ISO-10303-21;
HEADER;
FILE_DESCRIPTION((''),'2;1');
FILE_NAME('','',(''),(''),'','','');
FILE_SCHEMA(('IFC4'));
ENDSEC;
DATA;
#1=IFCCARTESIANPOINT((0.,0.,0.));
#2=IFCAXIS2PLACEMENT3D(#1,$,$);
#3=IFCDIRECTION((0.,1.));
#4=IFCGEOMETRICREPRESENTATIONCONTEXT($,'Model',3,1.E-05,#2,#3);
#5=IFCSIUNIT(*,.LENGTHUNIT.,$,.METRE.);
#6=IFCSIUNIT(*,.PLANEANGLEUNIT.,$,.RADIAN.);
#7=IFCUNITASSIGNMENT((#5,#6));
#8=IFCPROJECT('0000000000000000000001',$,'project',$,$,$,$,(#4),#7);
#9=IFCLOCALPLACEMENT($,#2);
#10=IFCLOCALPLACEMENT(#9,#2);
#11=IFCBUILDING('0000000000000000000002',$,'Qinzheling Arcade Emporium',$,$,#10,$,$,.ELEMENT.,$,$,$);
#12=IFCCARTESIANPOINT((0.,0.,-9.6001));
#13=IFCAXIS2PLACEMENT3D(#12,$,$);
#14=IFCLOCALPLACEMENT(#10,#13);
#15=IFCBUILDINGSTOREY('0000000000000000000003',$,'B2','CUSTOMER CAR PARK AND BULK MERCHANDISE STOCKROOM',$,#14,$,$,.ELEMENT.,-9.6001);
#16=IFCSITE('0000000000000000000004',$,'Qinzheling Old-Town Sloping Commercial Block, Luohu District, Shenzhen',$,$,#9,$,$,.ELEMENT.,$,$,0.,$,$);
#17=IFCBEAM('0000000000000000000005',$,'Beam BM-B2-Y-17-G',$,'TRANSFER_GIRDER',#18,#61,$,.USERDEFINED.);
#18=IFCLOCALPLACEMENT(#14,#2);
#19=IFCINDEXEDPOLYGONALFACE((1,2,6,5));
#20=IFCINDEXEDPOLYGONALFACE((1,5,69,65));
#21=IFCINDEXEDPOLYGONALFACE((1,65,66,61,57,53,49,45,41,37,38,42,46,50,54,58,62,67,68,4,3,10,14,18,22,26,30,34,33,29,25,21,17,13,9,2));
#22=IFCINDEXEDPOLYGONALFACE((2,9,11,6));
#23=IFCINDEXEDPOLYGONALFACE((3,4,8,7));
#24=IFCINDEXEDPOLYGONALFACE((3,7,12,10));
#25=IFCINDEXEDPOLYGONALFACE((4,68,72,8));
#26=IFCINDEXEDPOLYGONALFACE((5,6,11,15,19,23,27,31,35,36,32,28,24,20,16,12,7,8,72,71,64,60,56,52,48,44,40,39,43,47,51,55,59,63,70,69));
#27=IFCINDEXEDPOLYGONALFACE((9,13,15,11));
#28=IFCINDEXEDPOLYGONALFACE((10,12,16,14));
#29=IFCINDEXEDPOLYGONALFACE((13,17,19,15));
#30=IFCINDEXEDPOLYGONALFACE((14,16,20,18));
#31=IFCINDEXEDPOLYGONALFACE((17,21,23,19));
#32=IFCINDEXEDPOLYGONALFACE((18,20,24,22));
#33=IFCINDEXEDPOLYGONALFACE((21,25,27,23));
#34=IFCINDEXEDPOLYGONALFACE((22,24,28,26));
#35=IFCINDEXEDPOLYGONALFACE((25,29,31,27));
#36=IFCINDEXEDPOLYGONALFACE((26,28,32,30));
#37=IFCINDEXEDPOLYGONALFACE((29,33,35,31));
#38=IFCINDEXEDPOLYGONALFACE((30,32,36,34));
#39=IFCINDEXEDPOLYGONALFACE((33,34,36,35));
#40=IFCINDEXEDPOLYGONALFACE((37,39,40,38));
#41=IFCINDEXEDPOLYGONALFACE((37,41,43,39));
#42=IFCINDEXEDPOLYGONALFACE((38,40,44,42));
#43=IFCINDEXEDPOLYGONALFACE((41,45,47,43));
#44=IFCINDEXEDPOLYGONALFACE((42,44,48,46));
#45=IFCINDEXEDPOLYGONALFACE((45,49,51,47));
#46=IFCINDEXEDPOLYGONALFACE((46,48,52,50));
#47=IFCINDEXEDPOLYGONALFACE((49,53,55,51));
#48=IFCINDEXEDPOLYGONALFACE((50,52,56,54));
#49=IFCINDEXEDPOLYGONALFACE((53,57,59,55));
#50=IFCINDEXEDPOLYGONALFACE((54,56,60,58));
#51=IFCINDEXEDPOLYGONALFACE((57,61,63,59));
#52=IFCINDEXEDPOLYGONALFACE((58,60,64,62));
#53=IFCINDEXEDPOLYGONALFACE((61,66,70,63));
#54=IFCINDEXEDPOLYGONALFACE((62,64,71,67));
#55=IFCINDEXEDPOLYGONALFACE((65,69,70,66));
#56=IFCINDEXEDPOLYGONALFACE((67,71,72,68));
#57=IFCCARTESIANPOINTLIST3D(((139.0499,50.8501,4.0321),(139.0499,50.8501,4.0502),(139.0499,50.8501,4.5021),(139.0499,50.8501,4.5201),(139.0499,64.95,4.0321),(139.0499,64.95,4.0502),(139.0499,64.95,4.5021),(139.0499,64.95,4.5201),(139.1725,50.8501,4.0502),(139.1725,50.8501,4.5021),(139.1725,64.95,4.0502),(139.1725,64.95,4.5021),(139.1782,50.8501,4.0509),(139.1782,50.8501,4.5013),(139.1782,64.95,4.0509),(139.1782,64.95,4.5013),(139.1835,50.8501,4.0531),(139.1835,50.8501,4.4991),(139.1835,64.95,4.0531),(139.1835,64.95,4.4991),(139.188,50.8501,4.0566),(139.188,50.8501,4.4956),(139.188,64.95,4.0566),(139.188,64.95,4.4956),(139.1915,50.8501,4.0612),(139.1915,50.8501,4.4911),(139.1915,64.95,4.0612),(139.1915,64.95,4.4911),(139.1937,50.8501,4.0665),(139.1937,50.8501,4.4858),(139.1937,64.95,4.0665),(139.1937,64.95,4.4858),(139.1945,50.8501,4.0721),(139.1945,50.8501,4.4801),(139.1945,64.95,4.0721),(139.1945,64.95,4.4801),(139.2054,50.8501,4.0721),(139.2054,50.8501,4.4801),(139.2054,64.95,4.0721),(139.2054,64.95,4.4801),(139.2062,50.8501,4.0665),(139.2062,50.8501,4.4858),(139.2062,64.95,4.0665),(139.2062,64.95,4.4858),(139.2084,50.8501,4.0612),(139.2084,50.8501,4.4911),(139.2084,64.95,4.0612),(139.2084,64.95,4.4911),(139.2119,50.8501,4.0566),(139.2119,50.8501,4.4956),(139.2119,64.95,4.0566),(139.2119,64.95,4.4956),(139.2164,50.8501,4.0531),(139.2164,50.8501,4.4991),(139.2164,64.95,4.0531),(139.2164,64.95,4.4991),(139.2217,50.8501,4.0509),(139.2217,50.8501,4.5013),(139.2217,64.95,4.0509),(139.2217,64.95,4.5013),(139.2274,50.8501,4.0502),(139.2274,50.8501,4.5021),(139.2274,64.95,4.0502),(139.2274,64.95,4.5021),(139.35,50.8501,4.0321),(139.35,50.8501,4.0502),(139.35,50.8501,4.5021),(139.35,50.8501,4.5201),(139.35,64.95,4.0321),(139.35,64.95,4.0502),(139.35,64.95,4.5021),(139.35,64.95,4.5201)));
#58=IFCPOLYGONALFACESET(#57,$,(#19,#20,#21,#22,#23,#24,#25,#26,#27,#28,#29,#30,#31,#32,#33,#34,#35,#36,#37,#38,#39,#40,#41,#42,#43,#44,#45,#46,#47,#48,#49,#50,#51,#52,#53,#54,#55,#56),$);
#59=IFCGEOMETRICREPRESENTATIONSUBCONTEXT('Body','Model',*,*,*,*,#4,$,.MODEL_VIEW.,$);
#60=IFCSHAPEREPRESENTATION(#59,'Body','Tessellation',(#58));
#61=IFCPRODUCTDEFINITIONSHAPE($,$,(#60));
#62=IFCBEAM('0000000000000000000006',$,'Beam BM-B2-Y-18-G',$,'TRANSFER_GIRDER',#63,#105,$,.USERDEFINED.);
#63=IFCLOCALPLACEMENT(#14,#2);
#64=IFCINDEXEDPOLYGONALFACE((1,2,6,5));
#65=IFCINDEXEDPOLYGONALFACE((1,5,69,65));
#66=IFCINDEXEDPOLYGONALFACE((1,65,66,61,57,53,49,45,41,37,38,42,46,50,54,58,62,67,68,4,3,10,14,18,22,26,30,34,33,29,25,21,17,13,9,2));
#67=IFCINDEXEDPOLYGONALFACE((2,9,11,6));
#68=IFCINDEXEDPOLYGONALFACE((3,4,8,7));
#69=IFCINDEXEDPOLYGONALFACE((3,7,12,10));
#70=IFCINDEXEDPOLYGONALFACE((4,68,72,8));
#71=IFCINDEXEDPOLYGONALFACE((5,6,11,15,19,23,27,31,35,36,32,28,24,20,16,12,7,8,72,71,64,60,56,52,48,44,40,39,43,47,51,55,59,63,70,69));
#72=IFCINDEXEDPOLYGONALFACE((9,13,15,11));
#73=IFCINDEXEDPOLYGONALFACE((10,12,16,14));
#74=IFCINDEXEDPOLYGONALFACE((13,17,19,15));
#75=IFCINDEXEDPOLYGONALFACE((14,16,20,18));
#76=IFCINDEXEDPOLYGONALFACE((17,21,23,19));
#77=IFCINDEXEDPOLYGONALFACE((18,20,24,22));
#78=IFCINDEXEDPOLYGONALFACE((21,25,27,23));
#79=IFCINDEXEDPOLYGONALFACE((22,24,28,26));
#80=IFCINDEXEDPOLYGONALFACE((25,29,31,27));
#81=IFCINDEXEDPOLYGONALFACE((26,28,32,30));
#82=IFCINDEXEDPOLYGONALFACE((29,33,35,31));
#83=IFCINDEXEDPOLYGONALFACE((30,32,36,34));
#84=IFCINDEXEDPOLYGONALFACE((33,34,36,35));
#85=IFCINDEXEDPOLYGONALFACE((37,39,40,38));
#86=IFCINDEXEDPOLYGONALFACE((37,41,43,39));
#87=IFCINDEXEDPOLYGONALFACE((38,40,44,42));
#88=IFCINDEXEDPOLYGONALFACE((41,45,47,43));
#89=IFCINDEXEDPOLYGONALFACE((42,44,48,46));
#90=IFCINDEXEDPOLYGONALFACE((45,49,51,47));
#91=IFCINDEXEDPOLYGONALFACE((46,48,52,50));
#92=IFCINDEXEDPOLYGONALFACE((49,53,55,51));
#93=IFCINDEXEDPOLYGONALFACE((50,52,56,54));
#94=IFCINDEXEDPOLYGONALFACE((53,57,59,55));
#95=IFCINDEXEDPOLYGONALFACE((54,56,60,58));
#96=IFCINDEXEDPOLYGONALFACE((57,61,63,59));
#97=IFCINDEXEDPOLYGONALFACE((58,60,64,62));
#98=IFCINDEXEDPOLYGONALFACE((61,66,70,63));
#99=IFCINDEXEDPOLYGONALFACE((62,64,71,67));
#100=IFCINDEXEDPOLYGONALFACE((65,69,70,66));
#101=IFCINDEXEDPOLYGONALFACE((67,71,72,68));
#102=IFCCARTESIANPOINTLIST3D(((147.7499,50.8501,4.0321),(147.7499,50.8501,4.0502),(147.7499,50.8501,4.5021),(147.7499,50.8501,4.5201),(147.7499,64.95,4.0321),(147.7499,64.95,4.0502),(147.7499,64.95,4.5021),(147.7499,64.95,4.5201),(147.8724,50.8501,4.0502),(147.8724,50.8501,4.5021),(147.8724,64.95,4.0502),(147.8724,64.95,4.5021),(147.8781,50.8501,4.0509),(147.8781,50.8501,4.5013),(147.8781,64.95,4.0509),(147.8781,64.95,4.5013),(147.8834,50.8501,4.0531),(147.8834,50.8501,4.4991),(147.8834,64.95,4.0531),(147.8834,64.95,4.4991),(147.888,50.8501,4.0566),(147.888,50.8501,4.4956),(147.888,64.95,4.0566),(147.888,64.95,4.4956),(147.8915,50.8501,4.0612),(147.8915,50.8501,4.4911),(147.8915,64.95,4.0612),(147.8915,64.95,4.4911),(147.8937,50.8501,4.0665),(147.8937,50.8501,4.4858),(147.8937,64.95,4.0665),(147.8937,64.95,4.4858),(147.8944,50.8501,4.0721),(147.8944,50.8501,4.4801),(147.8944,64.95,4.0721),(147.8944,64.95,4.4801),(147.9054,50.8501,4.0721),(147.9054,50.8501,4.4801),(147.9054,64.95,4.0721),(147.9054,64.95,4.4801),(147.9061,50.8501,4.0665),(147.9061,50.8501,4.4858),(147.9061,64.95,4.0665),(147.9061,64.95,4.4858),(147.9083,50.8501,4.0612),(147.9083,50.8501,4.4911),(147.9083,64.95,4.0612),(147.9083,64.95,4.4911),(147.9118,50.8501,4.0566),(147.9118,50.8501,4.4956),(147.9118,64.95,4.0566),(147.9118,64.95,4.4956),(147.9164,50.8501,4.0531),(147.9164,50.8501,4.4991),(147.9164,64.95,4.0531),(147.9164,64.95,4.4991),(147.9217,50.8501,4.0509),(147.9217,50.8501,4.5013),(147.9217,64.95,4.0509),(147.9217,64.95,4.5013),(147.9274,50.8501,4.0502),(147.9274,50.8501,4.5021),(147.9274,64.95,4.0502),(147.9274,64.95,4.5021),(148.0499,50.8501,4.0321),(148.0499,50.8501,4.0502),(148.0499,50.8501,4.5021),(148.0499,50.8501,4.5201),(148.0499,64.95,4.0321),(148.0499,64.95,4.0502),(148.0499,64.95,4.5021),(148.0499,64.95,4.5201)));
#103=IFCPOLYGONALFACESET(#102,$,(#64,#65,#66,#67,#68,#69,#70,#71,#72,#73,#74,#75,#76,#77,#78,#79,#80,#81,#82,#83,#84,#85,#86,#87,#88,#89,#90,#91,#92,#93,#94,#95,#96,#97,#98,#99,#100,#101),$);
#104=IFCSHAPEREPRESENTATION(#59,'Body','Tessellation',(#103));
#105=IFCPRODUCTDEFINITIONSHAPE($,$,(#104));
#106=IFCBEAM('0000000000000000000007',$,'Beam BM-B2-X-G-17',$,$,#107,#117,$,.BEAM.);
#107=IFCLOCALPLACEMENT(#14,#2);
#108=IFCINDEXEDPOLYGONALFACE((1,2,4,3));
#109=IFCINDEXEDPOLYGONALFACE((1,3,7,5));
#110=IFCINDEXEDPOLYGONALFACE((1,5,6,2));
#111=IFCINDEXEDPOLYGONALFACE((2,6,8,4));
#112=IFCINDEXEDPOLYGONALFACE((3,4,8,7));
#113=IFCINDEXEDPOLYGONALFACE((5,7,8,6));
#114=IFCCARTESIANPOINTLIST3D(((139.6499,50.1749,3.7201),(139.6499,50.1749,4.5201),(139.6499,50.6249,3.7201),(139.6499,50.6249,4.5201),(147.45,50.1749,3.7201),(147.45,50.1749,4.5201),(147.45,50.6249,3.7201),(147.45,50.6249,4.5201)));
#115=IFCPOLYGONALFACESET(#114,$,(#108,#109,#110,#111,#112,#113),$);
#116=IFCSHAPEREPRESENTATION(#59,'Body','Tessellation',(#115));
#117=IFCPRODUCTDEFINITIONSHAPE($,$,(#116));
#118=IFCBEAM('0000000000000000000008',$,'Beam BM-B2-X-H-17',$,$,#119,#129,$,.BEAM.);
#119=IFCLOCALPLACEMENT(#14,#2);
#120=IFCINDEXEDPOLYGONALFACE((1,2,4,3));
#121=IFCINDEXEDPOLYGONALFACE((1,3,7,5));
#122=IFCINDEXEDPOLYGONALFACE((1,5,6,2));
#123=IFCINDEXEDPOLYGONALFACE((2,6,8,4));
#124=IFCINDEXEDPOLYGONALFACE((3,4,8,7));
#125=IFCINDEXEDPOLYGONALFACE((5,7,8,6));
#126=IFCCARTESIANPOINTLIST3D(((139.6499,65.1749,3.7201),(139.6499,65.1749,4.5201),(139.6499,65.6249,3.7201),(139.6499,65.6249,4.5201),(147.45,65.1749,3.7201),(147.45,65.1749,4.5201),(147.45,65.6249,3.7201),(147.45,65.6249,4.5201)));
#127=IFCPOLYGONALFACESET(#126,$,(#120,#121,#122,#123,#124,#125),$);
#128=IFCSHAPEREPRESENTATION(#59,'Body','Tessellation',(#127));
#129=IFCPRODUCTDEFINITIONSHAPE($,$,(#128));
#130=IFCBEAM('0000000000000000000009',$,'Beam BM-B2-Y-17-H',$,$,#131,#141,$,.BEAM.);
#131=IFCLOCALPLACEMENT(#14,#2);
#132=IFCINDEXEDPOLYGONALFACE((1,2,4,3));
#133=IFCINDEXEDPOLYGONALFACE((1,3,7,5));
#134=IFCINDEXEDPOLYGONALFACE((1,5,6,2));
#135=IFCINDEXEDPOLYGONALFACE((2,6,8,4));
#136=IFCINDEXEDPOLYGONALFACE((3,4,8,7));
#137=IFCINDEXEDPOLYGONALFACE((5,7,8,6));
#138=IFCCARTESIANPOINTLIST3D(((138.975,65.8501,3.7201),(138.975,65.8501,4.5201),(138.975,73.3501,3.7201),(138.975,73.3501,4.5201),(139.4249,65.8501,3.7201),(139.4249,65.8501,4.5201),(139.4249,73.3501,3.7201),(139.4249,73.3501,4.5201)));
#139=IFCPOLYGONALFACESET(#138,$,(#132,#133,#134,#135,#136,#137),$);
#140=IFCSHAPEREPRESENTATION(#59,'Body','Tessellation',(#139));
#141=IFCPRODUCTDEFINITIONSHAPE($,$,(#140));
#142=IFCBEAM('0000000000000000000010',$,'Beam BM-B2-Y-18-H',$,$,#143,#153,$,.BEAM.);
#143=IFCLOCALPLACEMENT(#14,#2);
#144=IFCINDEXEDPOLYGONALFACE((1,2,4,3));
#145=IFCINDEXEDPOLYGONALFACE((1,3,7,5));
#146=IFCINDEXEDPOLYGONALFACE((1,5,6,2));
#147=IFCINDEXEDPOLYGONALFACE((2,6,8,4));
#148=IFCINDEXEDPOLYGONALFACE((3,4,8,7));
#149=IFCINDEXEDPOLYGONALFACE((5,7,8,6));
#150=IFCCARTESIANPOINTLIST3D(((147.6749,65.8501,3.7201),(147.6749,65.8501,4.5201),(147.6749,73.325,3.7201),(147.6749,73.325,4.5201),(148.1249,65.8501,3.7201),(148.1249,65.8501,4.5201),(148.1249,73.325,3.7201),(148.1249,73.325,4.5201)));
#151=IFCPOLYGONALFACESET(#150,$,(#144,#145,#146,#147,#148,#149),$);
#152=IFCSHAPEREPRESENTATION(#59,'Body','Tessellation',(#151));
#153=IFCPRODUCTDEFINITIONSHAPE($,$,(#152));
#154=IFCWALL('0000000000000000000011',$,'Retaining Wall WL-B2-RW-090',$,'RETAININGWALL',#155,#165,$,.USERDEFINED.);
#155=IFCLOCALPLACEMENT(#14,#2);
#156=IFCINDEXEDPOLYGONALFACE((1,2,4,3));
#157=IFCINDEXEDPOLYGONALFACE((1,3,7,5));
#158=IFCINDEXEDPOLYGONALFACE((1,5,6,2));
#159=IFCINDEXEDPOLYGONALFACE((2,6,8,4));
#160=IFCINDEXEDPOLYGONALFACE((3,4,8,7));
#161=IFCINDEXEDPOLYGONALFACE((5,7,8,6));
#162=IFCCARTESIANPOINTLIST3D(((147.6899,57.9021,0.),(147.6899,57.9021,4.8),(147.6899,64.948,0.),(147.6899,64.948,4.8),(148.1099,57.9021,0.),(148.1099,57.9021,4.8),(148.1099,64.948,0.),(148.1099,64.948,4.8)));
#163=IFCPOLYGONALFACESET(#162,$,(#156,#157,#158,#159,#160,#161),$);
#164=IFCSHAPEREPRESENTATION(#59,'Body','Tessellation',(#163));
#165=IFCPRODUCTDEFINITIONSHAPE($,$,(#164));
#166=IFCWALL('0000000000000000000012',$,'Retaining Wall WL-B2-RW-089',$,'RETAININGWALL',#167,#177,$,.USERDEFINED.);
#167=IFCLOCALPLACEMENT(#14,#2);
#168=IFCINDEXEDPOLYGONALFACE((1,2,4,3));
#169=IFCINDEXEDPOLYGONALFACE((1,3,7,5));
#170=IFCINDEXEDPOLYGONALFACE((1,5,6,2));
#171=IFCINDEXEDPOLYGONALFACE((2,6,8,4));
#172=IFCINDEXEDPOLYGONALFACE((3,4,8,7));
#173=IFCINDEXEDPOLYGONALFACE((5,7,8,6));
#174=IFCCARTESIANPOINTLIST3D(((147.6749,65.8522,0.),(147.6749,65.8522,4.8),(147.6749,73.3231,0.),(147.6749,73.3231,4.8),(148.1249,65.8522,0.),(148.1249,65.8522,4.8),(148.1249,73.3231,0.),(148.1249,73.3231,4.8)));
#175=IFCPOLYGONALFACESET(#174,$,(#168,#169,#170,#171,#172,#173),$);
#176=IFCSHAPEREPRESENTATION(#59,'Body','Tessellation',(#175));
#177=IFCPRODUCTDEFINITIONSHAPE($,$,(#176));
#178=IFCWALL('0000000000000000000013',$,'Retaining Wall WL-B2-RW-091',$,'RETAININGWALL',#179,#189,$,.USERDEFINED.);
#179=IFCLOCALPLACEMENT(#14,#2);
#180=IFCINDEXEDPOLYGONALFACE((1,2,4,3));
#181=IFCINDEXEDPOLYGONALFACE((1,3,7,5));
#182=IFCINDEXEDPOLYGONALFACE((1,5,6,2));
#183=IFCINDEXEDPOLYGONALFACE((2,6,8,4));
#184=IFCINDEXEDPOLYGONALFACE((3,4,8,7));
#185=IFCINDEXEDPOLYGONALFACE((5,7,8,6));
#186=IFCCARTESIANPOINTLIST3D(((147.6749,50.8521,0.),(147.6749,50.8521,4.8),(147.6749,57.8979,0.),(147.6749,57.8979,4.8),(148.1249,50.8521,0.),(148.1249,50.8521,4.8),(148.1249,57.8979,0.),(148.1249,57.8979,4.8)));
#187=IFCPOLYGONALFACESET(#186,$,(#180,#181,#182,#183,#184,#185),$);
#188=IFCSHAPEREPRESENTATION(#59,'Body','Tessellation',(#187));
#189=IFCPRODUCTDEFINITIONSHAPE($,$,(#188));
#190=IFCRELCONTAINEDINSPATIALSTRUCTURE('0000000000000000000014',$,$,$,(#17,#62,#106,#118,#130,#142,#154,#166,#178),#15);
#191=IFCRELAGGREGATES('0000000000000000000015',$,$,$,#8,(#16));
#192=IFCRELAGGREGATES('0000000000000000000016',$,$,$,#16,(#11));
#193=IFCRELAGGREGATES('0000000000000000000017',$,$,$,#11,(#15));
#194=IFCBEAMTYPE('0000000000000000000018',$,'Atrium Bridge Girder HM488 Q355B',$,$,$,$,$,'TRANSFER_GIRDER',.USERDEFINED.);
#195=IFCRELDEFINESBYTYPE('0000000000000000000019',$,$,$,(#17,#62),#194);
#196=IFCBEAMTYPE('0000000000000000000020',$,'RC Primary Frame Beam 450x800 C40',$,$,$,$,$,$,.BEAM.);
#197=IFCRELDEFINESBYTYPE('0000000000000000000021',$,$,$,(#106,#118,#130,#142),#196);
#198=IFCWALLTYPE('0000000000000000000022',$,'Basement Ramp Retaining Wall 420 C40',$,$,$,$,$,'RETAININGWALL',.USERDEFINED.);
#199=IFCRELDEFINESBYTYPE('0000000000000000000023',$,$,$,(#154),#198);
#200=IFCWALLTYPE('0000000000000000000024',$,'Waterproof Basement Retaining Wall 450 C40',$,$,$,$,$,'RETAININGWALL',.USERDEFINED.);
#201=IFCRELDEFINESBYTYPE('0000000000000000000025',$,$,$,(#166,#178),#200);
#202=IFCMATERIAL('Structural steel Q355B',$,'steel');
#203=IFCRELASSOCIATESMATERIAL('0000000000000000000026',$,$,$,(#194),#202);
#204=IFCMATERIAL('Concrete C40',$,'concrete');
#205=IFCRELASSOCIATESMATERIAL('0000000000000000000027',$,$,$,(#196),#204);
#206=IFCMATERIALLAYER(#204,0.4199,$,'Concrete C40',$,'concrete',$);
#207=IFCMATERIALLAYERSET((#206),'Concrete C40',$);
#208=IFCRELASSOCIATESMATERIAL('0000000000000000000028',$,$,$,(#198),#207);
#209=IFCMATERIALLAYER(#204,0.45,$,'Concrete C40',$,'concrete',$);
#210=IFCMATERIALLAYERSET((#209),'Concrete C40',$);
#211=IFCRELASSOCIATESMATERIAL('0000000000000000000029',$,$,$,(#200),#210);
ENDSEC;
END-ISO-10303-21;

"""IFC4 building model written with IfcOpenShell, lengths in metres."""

from ifc_helpers import new_model, si_unit, direction, frame, frame_2d, origin, origin_2d, place, context, subcontext, project, spatial, rectangle, i_section, extrude, material, layer, layer_set, material_profile, profile_set, type_object, element, save


model = new_model("IFC4")

# Units and contexts
model_context = context("Model", 3, precision=1e-05, world=origin(), true_north=direction((0.0, 1.0)))
body_context = subcontext(model_context, "Body", "Model", "MODEL_VIEW")
ifc_project = project(units=[si_unit("LENGTHUNIT", "METRE"), si_unit("PLANEANGLEUNIT", "RADIAN")], contexts=[model_context])

# Site, building, storey
site_placement = place(None, origin())
site = spatial("IfcSite", under=ifc_project, at=site_placement, Name="Qinzheling Old-Town Sloping Commercial Block, Luohu District, Shenzhen", CompositionType="ELEMENT", RefElevation=0.0)
building_placement = place(site_placement, origin())
building = spatial("IfcBuilding", under=site, at=building_placement, Name="Qinzheling Arcade Emporium", CompositionType="ELEMENT")
storey_placement = place(building_placement, frame((0.0, 0.0, -9.6001)))
storey = spatial("IfcBuildingStorey", under=building, at=storey_placement, Name="B2", Description="CUSTOMER CAR PARK AND BULK MERCHANDISE STOCKROOM", CompositionType="ELEMENT", Elevation=-9.6001)

# Shared definitions
ifc_material_1 = material(Name="Concrete C40", Category="concrete")

# Beams
ifc_material_2 = material(Name="Structural steel Q355B", Category="steel")
ifc_material_profile_1 = material_profile(ifc_material_2, i_section(OverallWidth=0.3, OverallDepth=0.488, WebThickness=0.011, FlangeThickness=0.0181, FilletRadius=0.022, at=origin_2d()), Name="HM 488x300x11x18", Category="steel")
ifc_profile_set_1 = profile_set([ifc_material_profile_1], Name="Structural steel Q355B")
beam_type_1 = type_object("IfcBeamType", Name="Atrium Bridge Girder HM488 Q355B", ElementType="TRANSFER_GIRDER", PredefinedType="USERDEFINED", material=ifc_profile_set_1)
for number, where, z_axis, x_axis, name in (
    (1, (139.2, 50.8501, 4.2761), (0.0, 1.0, 0.0), (-1.0, 0.0, 0.0), "Beam BM-B2-Y-17-G"),
    (2, (147.8999, 50.8501, 4.2761), (0.0, 1.0, 0.0), (-1.0, 0.0, 0.0), "Beam BM-B2-Y-18-G"),
):
    element("IfcBeam", number, at=place(storey_placement, frame(where, z_axis=z_axis, x_axis=x_axis)), inside=storey, type_object=beam_type_1, Name=name, ObjectType="TRANSFER_GIRDER", PredefinedType="USERDEFINED", context=body_context, shape_type="SweptSolid", body=[
        extrude(i_section(OverallWidth=0.3, OverallDepth=0.488, WebThickness=0.011, FlangeThickness=0.0181, FilletRadius=0.022, at=origin_2d()), origin(), (0.0, 0.0, 1.0), 14.0999),
    ])
ifc_material_profile_2 = material_profile(ifc_material_1, rectangle(XDim=0.45, YDim=0.8, at=origin_2d()), Name="RC 450x800", Category="concrete")
ifc_profile_set_2 = profile_set([ifc_material_profile_2], Name="Concrete C40")
beam_type_2 = type_object("IfcBeamType", Name="RC Primary Frame Beam 450x800 C40", PredefinedType="BEAM", material=ifc_profile_set_2)
for number, where, z_axis, x_axis, name in (
    (3, (139.6499, 50.3999, 4.1201), (1.0, 0.0, 0.0), (0.0, 1.0, 0.0), "Beam BM-B2-X-G-17"),
    (4, (139.6499, 65.3999, 4.1201), (1.0, 0.0, 0.0), (0.0, 1.0, 0.0), "Beam BM-B2-X-H-17"),
):
    element("IfcBeam", number, at=place(storey_placement, frame(where, z_axis=z_axis, x_axis=x_axis)), inside=storey, type_object=beam_type_2, Name=name, PredefinedType="BEAM", context=body_context, shape_type="SweptSolid", body=[
        extrude(rectangle(XDim=0.45, YDim=0.8, at=origin_2d()), origin(), (0.0, 0.0, 1.0), 7.8),
    ])
beam_1_placement = place(storey_placement, frame((139.2, 65.8501, 4.1201), z_axis=(0.0, 1.0, 0.0), x_axis=(-1.0, 0.0, 0.0)))
element("IfcBeam", 5, at=beam_1_placement, inside=storey, type_object=beam_type_2, Name="Beam BM-B2-Y-17-H", PredefinedType="BEAM", context=body_context, shape_type="SweptSolid", body=[
    extrude(rectangle(XDim=0.45, YDim=0.8, at=origin_2d()), origin(), (0.0, 0.0, 1.0), 7.5),
])
beam_2_placement = place(storey_placement, frame((147.8999, 65.8501, 4.1201), z_axis=(0.0, 1.0, 0.0), x_axis=(-1.0, 0.0, 0.0)))
element("IfcBeam", 6, at=beam_2_placement, inside=storey, type_object=beam_type_2, Name="Beam BM-B2-Y-18-H", PredefinedType="BEAM", context=body_context, shape_type="SweptSolid", body=[
    extrude(rectangle(XDim=0.45, YDim=0.8, at=origin_2d()), origin(), (0.0, 0.0, 1.0), 7.4749),
])

# Walls
ifc_layer_1 = layer(ifc_material_1, 0.4199, Name="Concrete C40", Category="concrete")
ifc_layer_set_1 = layer_set([ifc_layer_1], Name="Concrete C40")
wall_type_1 = type_object("IfcWallType", Name="Basement Ramp Retaining Wall 420 C40", ElementType="RETAININGWALL", PredefinedType="USERDEFINED", material=ifc_layer_set_1)
wall_1_placement = place(storey_placement, frame((147.8999, 64.948, 0.0), z_axis=(0.0, 0.0, 1.0), x_axis=(0.0, -1.0, 0.0)))
element("IfcWall", 7, at=wall_1_placement, inside=storey, type_object=wall_type_1, Name="Retaining Wall WL-B2-RW-090", ObjectType="RETAININGWALL", PredefinedType="USERDEFINED", context=body_context, shape_type="SweptSolid", body=[
    extrude(rectangle(XDim=7.0459, YDim=0.4199, at=frame_2d((3.5229, 0.0))), origin(), (0.0, 0.0, 1.0), 4.8),
])
ifc_layer_2 = layer(ifc_material_1, 0.45, Name="Concrete C40", Category="concrete")
ifc_layer_set_2 = layer_set([ifc_layer_2], Name="Concrete C40")
wall_type_2 = type_object("IfcWallType", Name="Waterproof Basement Retaining Wall 450 C40", ElementType="RETAININGWALL", PredefinedType="USERDEFINED", material=ifc_layer_set_2)
wall_2_placement = place(storey_placement, frame((147.8999, 73.323, 0.0), z_axis=(0.0, 0.0, 1.0), x_axis=(0.0, -1.0, 0.0)))
element("IfcWall", 8, at=wall_2_placement, inside=storey, type_object=wall_type_2, Name="Retaining Wall WL-B2-RW-089", ObjectType="RETAININGWALL", PredefinedType="USERDEFINED", context=body_context, shape_type="SweptSolid", body=[
    extrude(rectangle(XDim=7.4709, YDim=0.45, at=frame_2d((3.7354, 0.0))), origin(), (0.0, 0.0, 1.0), 4.8),
])
wall_3_placement = place(storey_placement, frame((147.8999, 57.8979, 0.0), z_axis=(0.0, 0.0, 1.0), x_axis=(0.0, -1.0, 0.0)))
element("IfcWall", 9, at=wall_3_placement, inside=storey, type_object=wall_type_2, Name="Retaining Wall WL-B2-RW-091", ObjectType="RETAININGWALL", PredefinedType="USERDEFINED", context=body_context, shape_type="SweptSolid", body=[
    extrude(rectangle(XDim=7.0459, YDim=0.45, at=frame_2d((3.5229, 0.0))), origin(), (0.0, 0.0, 1.0), 4.8),
])

save(model, "model.ifc")
